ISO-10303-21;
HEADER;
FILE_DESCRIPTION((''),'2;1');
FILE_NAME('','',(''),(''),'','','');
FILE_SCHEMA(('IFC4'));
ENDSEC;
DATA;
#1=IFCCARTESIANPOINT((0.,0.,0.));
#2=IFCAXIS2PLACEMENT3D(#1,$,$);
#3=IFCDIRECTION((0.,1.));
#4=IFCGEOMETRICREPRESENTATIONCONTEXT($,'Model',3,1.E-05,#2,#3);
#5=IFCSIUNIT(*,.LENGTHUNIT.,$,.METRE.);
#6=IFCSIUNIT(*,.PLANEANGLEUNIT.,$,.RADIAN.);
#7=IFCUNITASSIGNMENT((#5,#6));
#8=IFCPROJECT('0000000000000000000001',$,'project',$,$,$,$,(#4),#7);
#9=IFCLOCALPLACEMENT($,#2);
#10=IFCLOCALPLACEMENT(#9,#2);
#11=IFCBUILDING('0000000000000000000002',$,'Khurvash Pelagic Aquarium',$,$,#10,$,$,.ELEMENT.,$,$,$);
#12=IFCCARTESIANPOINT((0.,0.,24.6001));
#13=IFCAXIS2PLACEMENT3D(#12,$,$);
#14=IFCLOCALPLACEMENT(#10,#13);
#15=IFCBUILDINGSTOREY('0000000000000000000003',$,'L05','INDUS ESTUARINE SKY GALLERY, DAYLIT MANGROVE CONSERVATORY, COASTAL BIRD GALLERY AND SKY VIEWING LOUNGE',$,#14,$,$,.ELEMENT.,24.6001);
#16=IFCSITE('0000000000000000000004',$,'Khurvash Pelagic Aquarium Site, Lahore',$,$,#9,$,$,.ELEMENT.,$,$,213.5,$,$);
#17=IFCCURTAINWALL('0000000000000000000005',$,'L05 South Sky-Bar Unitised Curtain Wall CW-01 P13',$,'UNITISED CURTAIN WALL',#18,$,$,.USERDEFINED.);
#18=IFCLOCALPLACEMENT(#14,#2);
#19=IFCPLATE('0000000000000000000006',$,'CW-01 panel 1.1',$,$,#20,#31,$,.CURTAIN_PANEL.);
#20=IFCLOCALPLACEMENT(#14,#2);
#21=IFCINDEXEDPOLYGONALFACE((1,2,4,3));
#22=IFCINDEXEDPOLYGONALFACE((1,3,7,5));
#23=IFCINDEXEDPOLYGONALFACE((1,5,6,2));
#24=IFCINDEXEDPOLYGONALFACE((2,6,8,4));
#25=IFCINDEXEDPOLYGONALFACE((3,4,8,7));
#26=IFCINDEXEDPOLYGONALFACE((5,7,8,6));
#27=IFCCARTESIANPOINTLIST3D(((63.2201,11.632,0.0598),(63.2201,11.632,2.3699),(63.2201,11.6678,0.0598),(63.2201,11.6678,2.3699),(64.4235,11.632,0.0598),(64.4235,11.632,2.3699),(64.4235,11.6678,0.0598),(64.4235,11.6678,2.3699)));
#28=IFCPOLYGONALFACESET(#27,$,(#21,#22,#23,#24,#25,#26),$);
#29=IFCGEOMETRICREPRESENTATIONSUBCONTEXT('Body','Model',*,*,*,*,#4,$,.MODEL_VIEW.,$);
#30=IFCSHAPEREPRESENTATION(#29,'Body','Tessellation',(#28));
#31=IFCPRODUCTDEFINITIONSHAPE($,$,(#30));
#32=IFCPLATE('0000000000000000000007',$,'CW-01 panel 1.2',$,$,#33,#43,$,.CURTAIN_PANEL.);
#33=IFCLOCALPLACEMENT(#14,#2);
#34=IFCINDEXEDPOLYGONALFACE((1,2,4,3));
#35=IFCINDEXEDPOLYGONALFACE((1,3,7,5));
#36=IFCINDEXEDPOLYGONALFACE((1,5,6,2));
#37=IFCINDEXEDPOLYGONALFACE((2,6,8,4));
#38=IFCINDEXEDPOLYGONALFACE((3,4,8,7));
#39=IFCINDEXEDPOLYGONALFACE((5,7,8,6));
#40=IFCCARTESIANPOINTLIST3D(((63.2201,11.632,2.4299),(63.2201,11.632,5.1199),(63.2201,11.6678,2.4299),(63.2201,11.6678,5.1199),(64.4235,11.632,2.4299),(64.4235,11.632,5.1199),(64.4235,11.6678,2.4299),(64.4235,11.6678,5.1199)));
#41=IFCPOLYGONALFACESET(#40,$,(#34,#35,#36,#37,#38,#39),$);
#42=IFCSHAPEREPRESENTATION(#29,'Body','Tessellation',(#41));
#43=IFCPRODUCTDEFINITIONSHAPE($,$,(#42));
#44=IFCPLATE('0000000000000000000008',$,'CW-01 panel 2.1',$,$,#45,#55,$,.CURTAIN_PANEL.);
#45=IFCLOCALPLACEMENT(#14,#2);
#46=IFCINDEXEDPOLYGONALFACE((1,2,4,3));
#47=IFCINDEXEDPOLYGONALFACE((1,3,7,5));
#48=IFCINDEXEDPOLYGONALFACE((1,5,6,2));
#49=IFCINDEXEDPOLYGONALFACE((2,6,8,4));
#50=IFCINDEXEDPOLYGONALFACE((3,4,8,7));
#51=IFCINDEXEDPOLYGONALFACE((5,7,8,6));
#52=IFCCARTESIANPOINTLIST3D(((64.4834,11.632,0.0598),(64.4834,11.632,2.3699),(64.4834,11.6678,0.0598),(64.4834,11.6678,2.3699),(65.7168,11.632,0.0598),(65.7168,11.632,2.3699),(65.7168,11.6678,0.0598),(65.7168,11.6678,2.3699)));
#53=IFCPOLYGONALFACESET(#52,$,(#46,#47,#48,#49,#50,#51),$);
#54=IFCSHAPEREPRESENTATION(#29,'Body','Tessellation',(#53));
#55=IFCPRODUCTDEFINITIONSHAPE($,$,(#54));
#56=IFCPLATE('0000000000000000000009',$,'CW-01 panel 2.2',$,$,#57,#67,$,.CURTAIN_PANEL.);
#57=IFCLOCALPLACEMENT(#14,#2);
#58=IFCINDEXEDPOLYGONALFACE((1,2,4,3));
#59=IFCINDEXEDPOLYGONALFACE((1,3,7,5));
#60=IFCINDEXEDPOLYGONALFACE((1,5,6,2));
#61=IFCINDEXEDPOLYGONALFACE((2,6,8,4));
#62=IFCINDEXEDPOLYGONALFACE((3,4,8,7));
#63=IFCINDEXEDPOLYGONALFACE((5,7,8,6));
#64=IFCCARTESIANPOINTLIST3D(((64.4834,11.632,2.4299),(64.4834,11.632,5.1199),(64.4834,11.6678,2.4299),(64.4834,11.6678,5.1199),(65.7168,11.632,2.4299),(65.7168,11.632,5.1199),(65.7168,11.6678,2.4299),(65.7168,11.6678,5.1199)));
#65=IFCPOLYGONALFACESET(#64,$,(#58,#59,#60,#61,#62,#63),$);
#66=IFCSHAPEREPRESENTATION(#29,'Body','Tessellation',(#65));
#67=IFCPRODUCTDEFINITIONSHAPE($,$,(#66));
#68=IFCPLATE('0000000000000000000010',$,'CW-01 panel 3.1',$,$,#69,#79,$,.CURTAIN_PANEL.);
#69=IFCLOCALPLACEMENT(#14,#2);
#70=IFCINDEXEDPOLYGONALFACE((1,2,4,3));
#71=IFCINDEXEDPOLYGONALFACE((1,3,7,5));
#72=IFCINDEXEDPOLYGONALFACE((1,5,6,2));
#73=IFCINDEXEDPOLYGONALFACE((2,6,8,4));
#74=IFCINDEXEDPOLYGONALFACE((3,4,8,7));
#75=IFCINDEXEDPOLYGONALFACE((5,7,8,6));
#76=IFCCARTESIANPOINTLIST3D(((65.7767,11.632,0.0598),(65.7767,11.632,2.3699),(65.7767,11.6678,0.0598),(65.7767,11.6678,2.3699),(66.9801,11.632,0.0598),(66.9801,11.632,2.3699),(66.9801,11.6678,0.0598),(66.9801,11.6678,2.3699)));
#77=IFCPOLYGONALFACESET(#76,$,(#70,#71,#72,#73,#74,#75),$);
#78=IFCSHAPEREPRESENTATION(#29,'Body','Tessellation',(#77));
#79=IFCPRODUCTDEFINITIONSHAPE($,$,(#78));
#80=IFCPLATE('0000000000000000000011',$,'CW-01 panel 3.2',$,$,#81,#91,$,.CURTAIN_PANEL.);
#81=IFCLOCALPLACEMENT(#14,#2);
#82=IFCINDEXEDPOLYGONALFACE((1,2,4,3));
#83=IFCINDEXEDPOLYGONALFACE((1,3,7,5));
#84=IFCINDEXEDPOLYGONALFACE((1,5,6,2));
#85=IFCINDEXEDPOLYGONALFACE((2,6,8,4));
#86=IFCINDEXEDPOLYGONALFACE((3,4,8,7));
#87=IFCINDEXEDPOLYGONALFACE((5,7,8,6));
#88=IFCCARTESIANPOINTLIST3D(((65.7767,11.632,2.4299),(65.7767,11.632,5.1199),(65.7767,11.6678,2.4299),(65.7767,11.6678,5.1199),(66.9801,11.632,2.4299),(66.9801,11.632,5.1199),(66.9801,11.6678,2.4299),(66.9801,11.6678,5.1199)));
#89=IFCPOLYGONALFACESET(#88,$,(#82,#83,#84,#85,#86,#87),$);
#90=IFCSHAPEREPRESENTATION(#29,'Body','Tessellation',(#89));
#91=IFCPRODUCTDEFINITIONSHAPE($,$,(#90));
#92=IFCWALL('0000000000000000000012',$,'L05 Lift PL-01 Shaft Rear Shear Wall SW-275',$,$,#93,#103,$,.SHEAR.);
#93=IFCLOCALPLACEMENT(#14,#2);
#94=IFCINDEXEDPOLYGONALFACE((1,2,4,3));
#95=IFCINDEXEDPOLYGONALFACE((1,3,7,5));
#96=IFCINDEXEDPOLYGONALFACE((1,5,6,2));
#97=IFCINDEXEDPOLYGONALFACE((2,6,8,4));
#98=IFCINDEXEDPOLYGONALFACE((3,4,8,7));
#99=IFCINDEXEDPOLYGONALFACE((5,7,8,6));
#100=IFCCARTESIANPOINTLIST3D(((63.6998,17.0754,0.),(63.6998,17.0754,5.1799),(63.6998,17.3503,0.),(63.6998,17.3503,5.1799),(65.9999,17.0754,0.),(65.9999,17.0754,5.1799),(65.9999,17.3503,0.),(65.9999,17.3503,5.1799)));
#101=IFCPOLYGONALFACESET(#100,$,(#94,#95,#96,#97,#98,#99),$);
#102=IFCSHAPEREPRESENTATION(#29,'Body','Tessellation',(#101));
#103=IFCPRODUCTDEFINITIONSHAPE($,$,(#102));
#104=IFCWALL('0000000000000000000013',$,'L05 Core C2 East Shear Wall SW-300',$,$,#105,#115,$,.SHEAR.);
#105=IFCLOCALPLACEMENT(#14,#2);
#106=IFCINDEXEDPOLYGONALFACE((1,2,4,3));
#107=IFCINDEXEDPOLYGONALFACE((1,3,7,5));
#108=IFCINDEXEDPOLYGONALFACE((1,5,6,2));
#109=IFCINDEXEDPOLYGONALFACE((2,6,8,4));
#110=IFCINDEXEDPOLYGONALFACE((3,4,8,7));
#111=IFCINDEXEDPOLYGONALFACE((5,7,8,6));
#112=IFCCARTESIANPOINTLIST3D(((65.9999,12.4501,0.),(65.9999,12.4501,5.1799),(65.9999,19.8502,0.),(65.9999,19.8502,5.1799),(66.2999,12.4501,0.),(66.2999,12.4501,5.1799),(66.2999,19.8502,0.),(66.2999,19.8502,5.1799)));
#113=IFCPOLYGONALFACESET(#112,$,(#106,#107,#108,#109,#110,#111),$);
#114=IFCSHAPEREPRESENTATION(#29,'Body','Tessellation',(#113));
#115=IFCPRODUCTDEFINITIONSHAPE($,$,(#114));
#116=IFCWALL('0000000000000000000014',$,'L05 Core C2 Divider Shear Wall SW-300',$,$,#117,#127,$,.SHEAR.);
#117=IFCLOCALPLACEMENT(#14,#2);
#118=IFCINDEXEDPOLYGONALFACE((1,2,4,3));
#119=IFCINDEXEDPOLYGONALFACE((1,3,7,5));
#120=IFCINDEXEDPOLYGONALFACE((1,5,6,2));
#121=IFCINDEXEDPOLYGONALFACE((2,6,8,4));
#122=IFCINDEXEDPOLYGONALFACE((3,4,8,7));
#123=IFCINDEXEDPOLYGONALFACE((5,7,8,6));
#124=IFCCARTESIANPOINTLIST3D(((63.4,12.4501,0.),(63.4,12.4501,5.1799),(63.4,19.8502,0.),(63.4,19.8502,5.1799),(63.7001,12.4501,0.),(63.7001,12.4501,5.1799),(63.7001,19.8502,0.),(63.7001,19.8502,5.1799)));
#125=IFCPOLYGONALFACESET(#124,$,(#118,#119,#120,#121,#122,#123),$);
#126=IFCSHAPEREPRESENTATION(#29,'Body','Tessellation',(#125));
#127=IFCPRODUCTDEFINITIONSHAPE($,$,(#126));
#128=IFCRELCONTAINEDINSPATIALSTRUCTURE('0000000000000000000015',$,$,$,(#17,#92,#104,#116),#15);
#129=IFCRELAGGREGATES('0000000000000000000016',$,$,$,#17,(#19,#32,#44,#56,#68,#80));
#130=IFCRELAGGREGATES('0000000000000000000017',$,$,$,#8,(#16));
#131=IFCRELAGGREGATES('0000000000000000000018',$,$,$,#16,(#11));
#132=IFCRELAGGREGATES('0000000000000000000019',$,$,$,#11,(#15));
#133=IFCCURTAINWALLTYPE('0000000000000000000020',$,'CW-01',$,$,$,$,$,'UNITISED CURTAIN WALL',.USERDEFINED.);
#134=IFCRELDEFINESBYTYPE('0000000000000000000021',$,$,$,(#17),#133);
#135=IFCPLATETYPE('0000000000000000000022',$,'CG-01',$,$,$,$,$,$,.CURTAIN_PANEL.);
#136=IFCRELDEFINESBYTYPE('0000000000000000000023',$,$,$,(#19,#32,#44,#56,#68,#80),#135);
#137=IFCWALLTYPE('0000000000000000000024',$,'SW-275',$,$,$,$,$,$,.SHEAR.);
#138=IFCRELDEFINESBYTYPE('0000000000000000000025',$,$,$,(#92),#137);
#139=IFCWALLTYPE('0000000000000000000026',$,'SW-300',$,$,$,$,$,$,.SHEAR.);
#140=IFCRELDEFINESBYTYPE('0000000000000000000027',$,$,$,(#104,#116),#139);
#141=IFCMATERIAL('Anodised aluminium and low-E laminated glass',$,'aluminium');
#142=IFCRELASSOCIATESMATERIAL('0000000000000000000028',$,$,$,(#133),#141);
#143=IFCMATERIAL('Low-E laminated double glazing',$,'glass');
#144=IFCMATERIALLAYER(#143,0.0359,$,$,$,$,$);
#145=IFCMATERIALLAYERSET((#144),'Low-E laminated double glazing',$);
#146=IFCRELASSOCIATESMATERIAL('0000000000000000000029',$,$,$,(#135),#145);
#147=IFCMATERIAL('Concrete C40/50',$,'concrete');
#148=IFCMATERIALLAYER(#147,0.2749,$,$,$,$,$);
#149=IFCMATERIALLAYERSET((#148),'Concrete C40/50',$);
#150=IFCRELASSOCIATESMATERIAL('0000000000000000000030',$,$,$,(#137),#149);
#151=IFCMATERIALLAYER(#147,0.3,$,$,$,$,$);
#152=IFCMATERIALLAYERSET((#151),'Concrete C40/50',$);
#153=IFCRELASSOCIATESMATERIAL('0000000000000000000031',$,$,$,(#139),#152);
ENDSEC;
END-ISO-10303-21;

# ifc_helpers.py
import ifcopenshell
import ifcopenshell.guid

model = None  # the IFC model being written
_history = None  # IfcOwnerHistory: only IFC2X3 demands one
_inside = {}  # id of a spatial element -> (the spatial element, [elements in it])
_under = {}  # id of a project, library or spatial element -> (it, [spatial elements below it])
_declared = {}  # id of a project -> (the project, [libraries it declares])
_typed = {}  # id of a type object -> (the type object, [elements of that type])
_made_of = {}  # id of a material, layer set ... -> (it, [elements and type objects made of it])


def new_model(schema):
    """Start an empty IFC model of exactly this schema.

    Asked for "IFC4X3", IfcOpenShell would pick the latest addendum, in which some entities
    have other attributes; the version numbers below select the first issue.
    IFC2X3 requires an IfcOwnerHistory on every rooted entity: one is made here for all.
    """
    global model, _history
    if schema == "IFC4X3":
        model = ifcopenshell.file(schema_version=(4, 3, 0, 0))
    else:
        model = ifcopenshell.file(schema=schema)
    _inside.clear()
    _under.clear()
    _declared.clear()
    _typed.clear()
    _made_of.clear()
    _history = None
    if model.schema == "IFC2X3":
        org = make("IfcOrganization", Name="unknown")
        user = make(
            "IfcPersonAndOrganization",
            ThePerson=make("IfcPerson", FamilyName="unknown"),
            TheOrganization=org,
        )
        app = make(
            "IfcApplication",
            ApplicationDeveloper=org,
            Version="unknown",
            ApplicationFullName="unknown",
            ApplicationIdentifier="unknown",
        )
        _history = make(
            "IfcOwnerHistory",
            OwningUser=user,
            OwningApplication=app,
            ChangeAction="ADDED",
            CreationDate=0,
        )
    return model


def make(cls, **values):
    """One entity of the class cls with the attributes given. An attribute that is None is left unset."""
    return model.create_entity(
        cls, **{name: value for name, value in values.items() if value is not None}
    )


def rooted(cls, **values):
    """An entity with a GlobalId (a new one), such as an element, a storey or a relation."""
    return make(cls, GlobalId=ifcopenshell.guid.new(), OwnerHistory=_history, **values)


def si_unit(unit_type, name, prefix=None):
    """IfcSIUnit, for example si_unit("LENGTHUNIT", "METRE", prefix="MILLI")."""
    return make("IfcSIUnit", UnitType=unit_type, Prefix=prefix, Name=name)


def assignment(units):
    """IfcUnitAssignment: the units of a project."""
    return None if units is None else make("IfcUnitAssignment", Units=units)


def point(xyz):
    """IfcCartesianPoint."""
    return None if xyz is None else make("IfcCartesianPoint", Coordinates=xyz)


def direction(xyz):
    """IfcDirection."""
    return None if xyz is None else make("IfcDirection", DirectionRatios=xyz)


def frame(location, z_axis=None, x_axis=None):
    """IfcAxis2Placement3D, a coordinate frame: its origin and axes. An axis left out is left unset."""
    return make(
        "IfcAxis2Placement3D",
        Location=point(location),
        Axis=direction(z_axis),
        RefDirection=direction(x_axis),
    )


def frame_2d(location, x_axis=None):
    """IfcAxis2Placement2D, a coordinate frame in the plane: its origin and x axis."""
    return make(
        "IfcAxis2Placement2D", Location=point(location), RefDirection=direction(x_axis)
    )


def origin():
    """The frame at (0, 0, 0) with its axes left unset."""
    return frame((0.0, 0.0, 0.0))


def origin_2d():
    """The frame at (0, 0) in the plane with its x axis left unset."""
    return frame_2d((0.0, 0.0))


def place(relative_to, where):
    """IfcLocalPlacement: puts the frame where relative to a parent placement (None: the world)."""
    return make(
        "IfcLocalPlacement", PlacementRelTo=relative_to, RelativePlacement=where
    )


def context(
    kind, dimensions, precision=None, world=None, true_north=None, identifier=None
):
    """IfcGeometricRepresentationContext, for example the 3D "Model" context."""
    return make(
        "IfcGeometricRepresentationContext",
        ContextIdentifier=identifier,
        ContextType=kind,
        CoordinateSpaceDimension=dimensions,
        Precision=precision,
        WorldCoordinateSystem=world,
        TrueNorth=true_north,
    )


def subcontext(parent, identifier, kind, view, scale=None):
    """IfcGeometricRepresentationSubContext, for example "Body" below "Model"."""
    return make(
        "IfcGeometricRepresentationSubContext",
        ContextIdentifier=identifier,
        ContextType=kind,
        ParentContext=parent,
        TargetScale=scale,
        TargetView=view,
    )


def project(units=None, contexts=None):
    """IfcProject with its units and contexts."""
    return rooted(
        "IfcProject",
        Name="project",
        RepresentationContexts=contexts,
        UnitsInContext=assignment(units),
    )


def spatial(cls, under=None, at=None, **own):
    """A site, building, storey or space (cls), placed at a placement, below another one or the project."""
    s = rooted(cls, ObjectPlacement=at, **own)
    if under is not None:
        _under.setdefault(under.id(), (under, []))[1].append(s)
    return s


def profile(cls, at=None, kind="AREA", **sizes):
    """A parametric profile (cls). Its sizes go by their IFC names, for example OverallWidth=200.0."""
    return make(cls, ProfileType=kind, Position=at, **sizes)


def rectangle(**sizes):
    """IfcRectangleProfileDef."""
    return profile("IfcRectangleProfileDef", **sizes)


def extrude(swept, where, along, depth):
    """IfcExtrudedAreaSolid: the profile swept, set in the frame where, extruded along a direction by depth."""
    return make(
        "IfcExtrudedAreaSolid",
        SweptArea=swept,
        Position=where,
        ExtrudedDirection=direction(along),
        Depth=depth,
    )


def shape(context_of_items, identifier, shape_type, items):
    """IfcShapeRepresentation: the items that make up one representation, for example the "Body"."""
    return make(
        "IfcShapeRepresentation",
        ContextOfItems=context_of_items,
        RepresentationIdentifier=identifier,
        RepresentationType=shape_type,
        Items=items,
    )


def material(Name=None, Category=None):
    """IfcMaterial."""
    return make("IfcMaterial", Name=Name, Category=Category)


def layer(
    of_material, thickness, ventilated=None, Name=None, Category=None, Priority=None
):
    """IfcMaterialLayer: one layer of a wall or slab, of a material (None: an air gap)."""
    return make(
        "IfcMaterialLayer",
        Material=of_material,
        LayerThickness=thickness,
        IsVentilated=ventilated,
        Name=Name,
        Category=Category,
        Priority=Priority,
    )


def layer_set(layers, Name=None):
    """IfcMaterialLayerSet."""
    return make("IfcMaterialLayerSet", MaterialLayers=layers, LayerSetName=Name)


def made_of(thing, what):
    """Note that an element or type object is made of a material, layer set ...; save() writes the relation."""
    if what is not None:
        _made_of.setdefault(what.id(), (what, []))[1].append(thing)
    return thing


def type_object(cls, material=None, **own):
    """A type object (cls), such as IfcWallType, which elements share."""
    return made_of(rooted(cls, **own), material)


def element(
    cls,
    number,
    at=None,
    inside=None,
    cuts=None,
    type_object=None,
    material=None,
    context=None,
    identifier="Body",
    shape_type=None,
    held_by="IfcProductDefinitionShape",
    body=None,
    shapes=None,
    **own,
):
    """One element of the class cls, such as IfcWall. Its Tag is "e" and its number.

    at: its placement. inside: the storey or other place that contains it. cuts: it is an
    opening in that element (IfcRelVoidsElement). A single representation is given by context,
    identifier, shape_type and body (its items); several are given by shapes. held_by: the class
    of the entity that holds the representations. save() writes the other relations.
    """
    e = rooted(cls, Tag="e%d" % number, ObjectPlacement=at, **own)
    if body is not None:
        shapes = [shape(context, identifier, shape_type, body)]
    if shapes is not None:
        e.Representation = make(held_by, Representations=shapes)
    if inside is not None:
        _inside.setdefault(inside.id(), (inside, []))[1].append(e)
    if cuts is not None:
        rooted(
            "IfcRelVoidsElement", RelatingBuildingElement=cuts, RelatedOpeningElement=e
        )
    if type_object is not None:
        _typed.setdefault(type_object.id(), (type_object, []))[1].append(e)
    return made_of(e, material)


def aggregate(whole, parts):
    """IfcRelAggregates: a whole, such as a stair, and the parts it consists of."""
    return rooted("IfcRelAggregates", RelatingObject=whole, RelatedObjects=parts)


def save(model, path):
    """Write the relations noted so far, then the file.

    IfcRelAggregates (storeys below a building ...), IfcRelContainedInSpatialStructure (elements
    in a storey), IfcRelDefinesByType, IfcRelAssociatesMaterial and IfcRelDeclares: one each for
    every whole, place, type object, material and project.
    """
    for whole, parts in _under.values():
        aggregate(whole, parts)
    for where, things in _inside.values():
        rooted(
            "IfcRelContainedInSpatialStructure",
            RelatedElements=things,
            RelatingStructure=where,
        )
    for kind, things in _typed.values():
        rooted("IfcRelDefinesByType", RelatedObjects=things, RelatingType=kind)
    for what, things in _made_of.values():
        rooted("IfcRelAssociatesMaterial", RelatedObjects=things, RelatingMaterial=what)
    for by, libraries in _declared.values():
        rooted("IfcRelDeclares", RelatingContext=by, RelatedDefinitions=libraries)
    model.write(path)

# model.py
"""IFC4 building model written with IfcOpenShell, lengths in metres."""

from ifc_helpers import new_model, si_unit, direction, frame, frame_2d, origin, origin_2d, place, context, subcontext, project, spatial, rectangle, extrude, material, layer, layer_set, type_object, element, aggregate, save


model = new_model("IFC4")

# Units and contexts
model_context = context("Model", 3, precision=1e-05, world=origin(), true_north=direction((0.0, 1.0)))
body_context = subcontext(model_context, "Body", "Model", "MODEL_VIEW")
ifc_project = project(units=[si_unit("LENGTHUNIT", "METRE"), si_unit("PLANEANGLEUNIT", "RADIAN")], contexts=[model_context])

# Site, building, storey
site_placement = place(None, origin())
site = spatial("IfcSite", under=ifc_project, at=site_placement, Name="Khurvash Pelagic Aquarium Site, Lahore", CompositionType="ELEMENT", RefElevation=213.5)
building_placement = place(site_placement, origin())
building = spatial("IfcBuilding", under=site, at=building_placement, Name="Khurvash Pelagic Aquarium", CompositionType="ELEMENT")
storey_placement = place(building_placement, frame((0.0, 0.0, 24.6001)))
storey = spatial("IfcBuildingStorey", under=building, at=storey_placement, Name="L05", Description="INDUS ESTUARINE SKY GALLERY, DAYLIT MANGROVE CONSERVATORY, COASTAL BIRD GALLERY AND SKY VIEWING LOUNGE", CompositionType="ELEMENT", Elevation=24.6001)

# Curtain wall
ifc_material_1 = material(Name="Anodised aluminium and low-E laminated glass", Category="aluminium")
curtain_wall_type = type_object("IfcCurtainWallType", Name="CW-01", ElementType="UNITISED CURTAIN WALL", PredefinedType="USERDEFINED", material=ifc_material_1)
curtain_wall_placement = place(storey_placement, origin())
curtain_wall = element("IfcCurtainWall", 1, at=curtain_wall_placement, inside=storey, type_object=curtain_wall_type, Name="L05 South Sky-Bar Unitised Curtain Wall CW-01 P13", ObjectType="UNITISED CURTAIN WALL", PredefinedType="USERDEFINED")

# Plates
ifc_material_2 = material(Name="Low-E laminated double glazing", Category="glass")
ifc_layer_1 = layer(ifc_material_2, 0.0359)
ifc_layer_set_1 = layer_set([ifc_layer_1], Name="Low-E laminated double glazing")
plate_type = type_object("IfcPlateType", Name="CG-01", PredefinedType="CURTAIN_PANEL", material=ifc_layer_set_1)
plate_1_placement = place(storey_placement, frame((63.8218, 11.6499, 0.0598), z_axis=(0.0, 0.0, 1.0), x_axis=(1.0, 0.0, 0.0)))
plate_1 = element("IfcPlate", 2, at=plate_1_placement, type_object=plate_type, Name="CW-01 panel 1.1", PredefinedType="CURTAIN_PANEL", context=body_context, shape_type="SweptSolid", body=[
    extrude(rectangle(XDim=1.2034, YDim=0.0359, at=origin_2d()), origin(), (0.0, 0.0, 1.0), 2.3101),
])
plate_2_placement = place(storey_placement, frame((63.8218, 11.6499, 2.4299), z_axis=(0.0, 0.0, 1.0), x_axis=(1.0, 0.0, 0.0)))
plate_2 = element("IfcPlate", 3, at=plate_2_placement, type_object=plate_type, Name="CW-01 panel 1.2", PredefinedType="CURTAIN_PANEL", context=body_context, shape_type="SweptSolid", body=[
    extrude(rectangle(XDim=1.2034, YDim=0.0359, at=origin_2d()), origin(), (0.0, 0.0, 1.0), 2.6899),
])
plate_3_placement = place(storey_placement, frame((65.1001, 11.6499, 0.0598), z_axis=(0.0, 0.0, 1.0), x_axis=(1.0, 0.0, 0.0)))
plate_3 = element("IfcPlate", 4, at=plate_3_placement, type_object=plate_type, Name="CW-01 panel 2.1", PredefinedType="CURTAIN_PANEL", context=body_context, shape_type="SweptSolid", body=[
    extrude(rectangle(XDim=1.2334, YDim=0.0359, at=origin_2d()), origin(), (0.0, 0.0, 1.0), 2.3101),
])
plate_4_placement = place(storey_placement, frame((65.1001, 11.6499, 2.4299), z_axis=(0.0, 0.0, 1.0), x_axis=(1.0, 0.0, 0.0)))
plate_4 = element("IfcPlate", 5, at=plate_4_placement, type_object=plate_type, Name="CW-01 panel 2.2", PredefinedType="CURTAIN_PANEL", context=body_context, shape_type="SweptSolid", body=[
    extrude(rectangle(XDim=1.2334, YDim=0.0359, at=origin_2d()), origin(), (0.0, 0.0, 1.0), 2.6899),
])
plate_5_placement = place(storey_placement, frame((66.3784, 11.6499, 0.0598), z_axis=(0.0, 0.0, 1.0), x_axis=(1.0, 0.0, 0.0)))
plate_5 = element("IfcPlate", 6, at=plate_5_placement, type_object=plate_type, Name="CW-01 panel 3.1", PredefinedType="CURTAIN_PANEL", context=body_context, shape_type="SweptSolid", body=[
    extrude(rectangle(XDim=1.2034, YDim=0.0359, at=origin_2d()), origin(), (0.0, 0.0, 1.0), 2.3101),
])
plate_6_placement = place(storey_placement, frame((66.3784, 11.6499, 2.4299), z_axis=(0.0, 0.0, 1.0), x_axis=(1.0, 0.0, 0.0)))
plate_6 = element("IfcPlate", 7, at=plate_6_placement, type_object=plate_type, Name="CW-01 panel 3.2", PredefinedType="CURTAIN_PANEL", context=body_context, shape_type="SweptSolid", body=[
    extrude(rectangle(XDim=1.2034, YDim=0.0359, at=origin_2d()), origin(), (0.0, 0.0, 1.0), 2.6899),
])
aggregate(curtain_wall, [plate_1, plate_2, plate_3, plate_4, plate_5, plate_6])

# Walls
ifc_material_3 = material(Name="Concrete C40/50", Category="concrete")
ifc_layer_2 = layer(ifc_material_3, 0.2749)
ifc_layer_set_2 = layer_set([ifc_layer_2], Name="Concrete C40/50")
wall_type_1 = type_object("IfcWallType", Name="SW-275", PredefinedType="SHEAR", material=ifc_layer_set_2)
wall_placement = place(storey_placement, frame((63.7, 17.2129, 0.0), z_axis=(0.0, 0.0, 1.0), x_axis=(1.0, 0.0, 0.0)))
element("IfcWall", 8, at=wall_placement, inside=storey, type_object=wall_type_1, Name="L05 Lift PL-01 Shaft Rear Shear Wall SW-275", PredefinedType="SHEAR", context=body_context, shape_type="SweptSolid", body=[
    extrude(rectangle(XDim=2.3, YDim=0.2749, at=frame_2d((1.1499, 0.0))), origin(), (0.0, 0.0, 1.0), 5.1799),
])
ifc_layer_3 = layer(ifc_material_3, 0.3)
ifc_layer_set_3 = layer_set([ifc_layer_3], Name="Concrete C40/50")
wall_type_2 = type_object("IfcWallType", Name="SW-300", PredefinedType="SHEAR", material=ifc_layer_set_3)
for number, where, z_axis, x_axis, name in (
    (9, (66.1499, 12.45, 0.0), (0.0, 0.0, 1.0), (0.0, 1.0, 0.0), "L05 Core C2 East Shear Wall SW-300"),
    (10, (63.55, 12.45, 0.0), (0.0, 0.0, 1.0), (0.0, 1.0, 0.0), "L05 Core C2 Divider Shear Wall SW-300"),
):
    element("IfcWall", number, at=place(storey_placement, frame(where, z_axis=z_axis, x_axis=x_axis)), inside=storey, type_object=wall_type_2, Name=name, PredefinedType="SHEAR", context=body_context, shape_type="SweptSolid", body=[
        extrude(rectangle(XDim=7.4001, YDim=0.3, at=frame_2d((3.7002, 0.0))), origin(), (0.0, 0.0, 1.0), 5.1799),
    ])

save(model, "model.ifc")
